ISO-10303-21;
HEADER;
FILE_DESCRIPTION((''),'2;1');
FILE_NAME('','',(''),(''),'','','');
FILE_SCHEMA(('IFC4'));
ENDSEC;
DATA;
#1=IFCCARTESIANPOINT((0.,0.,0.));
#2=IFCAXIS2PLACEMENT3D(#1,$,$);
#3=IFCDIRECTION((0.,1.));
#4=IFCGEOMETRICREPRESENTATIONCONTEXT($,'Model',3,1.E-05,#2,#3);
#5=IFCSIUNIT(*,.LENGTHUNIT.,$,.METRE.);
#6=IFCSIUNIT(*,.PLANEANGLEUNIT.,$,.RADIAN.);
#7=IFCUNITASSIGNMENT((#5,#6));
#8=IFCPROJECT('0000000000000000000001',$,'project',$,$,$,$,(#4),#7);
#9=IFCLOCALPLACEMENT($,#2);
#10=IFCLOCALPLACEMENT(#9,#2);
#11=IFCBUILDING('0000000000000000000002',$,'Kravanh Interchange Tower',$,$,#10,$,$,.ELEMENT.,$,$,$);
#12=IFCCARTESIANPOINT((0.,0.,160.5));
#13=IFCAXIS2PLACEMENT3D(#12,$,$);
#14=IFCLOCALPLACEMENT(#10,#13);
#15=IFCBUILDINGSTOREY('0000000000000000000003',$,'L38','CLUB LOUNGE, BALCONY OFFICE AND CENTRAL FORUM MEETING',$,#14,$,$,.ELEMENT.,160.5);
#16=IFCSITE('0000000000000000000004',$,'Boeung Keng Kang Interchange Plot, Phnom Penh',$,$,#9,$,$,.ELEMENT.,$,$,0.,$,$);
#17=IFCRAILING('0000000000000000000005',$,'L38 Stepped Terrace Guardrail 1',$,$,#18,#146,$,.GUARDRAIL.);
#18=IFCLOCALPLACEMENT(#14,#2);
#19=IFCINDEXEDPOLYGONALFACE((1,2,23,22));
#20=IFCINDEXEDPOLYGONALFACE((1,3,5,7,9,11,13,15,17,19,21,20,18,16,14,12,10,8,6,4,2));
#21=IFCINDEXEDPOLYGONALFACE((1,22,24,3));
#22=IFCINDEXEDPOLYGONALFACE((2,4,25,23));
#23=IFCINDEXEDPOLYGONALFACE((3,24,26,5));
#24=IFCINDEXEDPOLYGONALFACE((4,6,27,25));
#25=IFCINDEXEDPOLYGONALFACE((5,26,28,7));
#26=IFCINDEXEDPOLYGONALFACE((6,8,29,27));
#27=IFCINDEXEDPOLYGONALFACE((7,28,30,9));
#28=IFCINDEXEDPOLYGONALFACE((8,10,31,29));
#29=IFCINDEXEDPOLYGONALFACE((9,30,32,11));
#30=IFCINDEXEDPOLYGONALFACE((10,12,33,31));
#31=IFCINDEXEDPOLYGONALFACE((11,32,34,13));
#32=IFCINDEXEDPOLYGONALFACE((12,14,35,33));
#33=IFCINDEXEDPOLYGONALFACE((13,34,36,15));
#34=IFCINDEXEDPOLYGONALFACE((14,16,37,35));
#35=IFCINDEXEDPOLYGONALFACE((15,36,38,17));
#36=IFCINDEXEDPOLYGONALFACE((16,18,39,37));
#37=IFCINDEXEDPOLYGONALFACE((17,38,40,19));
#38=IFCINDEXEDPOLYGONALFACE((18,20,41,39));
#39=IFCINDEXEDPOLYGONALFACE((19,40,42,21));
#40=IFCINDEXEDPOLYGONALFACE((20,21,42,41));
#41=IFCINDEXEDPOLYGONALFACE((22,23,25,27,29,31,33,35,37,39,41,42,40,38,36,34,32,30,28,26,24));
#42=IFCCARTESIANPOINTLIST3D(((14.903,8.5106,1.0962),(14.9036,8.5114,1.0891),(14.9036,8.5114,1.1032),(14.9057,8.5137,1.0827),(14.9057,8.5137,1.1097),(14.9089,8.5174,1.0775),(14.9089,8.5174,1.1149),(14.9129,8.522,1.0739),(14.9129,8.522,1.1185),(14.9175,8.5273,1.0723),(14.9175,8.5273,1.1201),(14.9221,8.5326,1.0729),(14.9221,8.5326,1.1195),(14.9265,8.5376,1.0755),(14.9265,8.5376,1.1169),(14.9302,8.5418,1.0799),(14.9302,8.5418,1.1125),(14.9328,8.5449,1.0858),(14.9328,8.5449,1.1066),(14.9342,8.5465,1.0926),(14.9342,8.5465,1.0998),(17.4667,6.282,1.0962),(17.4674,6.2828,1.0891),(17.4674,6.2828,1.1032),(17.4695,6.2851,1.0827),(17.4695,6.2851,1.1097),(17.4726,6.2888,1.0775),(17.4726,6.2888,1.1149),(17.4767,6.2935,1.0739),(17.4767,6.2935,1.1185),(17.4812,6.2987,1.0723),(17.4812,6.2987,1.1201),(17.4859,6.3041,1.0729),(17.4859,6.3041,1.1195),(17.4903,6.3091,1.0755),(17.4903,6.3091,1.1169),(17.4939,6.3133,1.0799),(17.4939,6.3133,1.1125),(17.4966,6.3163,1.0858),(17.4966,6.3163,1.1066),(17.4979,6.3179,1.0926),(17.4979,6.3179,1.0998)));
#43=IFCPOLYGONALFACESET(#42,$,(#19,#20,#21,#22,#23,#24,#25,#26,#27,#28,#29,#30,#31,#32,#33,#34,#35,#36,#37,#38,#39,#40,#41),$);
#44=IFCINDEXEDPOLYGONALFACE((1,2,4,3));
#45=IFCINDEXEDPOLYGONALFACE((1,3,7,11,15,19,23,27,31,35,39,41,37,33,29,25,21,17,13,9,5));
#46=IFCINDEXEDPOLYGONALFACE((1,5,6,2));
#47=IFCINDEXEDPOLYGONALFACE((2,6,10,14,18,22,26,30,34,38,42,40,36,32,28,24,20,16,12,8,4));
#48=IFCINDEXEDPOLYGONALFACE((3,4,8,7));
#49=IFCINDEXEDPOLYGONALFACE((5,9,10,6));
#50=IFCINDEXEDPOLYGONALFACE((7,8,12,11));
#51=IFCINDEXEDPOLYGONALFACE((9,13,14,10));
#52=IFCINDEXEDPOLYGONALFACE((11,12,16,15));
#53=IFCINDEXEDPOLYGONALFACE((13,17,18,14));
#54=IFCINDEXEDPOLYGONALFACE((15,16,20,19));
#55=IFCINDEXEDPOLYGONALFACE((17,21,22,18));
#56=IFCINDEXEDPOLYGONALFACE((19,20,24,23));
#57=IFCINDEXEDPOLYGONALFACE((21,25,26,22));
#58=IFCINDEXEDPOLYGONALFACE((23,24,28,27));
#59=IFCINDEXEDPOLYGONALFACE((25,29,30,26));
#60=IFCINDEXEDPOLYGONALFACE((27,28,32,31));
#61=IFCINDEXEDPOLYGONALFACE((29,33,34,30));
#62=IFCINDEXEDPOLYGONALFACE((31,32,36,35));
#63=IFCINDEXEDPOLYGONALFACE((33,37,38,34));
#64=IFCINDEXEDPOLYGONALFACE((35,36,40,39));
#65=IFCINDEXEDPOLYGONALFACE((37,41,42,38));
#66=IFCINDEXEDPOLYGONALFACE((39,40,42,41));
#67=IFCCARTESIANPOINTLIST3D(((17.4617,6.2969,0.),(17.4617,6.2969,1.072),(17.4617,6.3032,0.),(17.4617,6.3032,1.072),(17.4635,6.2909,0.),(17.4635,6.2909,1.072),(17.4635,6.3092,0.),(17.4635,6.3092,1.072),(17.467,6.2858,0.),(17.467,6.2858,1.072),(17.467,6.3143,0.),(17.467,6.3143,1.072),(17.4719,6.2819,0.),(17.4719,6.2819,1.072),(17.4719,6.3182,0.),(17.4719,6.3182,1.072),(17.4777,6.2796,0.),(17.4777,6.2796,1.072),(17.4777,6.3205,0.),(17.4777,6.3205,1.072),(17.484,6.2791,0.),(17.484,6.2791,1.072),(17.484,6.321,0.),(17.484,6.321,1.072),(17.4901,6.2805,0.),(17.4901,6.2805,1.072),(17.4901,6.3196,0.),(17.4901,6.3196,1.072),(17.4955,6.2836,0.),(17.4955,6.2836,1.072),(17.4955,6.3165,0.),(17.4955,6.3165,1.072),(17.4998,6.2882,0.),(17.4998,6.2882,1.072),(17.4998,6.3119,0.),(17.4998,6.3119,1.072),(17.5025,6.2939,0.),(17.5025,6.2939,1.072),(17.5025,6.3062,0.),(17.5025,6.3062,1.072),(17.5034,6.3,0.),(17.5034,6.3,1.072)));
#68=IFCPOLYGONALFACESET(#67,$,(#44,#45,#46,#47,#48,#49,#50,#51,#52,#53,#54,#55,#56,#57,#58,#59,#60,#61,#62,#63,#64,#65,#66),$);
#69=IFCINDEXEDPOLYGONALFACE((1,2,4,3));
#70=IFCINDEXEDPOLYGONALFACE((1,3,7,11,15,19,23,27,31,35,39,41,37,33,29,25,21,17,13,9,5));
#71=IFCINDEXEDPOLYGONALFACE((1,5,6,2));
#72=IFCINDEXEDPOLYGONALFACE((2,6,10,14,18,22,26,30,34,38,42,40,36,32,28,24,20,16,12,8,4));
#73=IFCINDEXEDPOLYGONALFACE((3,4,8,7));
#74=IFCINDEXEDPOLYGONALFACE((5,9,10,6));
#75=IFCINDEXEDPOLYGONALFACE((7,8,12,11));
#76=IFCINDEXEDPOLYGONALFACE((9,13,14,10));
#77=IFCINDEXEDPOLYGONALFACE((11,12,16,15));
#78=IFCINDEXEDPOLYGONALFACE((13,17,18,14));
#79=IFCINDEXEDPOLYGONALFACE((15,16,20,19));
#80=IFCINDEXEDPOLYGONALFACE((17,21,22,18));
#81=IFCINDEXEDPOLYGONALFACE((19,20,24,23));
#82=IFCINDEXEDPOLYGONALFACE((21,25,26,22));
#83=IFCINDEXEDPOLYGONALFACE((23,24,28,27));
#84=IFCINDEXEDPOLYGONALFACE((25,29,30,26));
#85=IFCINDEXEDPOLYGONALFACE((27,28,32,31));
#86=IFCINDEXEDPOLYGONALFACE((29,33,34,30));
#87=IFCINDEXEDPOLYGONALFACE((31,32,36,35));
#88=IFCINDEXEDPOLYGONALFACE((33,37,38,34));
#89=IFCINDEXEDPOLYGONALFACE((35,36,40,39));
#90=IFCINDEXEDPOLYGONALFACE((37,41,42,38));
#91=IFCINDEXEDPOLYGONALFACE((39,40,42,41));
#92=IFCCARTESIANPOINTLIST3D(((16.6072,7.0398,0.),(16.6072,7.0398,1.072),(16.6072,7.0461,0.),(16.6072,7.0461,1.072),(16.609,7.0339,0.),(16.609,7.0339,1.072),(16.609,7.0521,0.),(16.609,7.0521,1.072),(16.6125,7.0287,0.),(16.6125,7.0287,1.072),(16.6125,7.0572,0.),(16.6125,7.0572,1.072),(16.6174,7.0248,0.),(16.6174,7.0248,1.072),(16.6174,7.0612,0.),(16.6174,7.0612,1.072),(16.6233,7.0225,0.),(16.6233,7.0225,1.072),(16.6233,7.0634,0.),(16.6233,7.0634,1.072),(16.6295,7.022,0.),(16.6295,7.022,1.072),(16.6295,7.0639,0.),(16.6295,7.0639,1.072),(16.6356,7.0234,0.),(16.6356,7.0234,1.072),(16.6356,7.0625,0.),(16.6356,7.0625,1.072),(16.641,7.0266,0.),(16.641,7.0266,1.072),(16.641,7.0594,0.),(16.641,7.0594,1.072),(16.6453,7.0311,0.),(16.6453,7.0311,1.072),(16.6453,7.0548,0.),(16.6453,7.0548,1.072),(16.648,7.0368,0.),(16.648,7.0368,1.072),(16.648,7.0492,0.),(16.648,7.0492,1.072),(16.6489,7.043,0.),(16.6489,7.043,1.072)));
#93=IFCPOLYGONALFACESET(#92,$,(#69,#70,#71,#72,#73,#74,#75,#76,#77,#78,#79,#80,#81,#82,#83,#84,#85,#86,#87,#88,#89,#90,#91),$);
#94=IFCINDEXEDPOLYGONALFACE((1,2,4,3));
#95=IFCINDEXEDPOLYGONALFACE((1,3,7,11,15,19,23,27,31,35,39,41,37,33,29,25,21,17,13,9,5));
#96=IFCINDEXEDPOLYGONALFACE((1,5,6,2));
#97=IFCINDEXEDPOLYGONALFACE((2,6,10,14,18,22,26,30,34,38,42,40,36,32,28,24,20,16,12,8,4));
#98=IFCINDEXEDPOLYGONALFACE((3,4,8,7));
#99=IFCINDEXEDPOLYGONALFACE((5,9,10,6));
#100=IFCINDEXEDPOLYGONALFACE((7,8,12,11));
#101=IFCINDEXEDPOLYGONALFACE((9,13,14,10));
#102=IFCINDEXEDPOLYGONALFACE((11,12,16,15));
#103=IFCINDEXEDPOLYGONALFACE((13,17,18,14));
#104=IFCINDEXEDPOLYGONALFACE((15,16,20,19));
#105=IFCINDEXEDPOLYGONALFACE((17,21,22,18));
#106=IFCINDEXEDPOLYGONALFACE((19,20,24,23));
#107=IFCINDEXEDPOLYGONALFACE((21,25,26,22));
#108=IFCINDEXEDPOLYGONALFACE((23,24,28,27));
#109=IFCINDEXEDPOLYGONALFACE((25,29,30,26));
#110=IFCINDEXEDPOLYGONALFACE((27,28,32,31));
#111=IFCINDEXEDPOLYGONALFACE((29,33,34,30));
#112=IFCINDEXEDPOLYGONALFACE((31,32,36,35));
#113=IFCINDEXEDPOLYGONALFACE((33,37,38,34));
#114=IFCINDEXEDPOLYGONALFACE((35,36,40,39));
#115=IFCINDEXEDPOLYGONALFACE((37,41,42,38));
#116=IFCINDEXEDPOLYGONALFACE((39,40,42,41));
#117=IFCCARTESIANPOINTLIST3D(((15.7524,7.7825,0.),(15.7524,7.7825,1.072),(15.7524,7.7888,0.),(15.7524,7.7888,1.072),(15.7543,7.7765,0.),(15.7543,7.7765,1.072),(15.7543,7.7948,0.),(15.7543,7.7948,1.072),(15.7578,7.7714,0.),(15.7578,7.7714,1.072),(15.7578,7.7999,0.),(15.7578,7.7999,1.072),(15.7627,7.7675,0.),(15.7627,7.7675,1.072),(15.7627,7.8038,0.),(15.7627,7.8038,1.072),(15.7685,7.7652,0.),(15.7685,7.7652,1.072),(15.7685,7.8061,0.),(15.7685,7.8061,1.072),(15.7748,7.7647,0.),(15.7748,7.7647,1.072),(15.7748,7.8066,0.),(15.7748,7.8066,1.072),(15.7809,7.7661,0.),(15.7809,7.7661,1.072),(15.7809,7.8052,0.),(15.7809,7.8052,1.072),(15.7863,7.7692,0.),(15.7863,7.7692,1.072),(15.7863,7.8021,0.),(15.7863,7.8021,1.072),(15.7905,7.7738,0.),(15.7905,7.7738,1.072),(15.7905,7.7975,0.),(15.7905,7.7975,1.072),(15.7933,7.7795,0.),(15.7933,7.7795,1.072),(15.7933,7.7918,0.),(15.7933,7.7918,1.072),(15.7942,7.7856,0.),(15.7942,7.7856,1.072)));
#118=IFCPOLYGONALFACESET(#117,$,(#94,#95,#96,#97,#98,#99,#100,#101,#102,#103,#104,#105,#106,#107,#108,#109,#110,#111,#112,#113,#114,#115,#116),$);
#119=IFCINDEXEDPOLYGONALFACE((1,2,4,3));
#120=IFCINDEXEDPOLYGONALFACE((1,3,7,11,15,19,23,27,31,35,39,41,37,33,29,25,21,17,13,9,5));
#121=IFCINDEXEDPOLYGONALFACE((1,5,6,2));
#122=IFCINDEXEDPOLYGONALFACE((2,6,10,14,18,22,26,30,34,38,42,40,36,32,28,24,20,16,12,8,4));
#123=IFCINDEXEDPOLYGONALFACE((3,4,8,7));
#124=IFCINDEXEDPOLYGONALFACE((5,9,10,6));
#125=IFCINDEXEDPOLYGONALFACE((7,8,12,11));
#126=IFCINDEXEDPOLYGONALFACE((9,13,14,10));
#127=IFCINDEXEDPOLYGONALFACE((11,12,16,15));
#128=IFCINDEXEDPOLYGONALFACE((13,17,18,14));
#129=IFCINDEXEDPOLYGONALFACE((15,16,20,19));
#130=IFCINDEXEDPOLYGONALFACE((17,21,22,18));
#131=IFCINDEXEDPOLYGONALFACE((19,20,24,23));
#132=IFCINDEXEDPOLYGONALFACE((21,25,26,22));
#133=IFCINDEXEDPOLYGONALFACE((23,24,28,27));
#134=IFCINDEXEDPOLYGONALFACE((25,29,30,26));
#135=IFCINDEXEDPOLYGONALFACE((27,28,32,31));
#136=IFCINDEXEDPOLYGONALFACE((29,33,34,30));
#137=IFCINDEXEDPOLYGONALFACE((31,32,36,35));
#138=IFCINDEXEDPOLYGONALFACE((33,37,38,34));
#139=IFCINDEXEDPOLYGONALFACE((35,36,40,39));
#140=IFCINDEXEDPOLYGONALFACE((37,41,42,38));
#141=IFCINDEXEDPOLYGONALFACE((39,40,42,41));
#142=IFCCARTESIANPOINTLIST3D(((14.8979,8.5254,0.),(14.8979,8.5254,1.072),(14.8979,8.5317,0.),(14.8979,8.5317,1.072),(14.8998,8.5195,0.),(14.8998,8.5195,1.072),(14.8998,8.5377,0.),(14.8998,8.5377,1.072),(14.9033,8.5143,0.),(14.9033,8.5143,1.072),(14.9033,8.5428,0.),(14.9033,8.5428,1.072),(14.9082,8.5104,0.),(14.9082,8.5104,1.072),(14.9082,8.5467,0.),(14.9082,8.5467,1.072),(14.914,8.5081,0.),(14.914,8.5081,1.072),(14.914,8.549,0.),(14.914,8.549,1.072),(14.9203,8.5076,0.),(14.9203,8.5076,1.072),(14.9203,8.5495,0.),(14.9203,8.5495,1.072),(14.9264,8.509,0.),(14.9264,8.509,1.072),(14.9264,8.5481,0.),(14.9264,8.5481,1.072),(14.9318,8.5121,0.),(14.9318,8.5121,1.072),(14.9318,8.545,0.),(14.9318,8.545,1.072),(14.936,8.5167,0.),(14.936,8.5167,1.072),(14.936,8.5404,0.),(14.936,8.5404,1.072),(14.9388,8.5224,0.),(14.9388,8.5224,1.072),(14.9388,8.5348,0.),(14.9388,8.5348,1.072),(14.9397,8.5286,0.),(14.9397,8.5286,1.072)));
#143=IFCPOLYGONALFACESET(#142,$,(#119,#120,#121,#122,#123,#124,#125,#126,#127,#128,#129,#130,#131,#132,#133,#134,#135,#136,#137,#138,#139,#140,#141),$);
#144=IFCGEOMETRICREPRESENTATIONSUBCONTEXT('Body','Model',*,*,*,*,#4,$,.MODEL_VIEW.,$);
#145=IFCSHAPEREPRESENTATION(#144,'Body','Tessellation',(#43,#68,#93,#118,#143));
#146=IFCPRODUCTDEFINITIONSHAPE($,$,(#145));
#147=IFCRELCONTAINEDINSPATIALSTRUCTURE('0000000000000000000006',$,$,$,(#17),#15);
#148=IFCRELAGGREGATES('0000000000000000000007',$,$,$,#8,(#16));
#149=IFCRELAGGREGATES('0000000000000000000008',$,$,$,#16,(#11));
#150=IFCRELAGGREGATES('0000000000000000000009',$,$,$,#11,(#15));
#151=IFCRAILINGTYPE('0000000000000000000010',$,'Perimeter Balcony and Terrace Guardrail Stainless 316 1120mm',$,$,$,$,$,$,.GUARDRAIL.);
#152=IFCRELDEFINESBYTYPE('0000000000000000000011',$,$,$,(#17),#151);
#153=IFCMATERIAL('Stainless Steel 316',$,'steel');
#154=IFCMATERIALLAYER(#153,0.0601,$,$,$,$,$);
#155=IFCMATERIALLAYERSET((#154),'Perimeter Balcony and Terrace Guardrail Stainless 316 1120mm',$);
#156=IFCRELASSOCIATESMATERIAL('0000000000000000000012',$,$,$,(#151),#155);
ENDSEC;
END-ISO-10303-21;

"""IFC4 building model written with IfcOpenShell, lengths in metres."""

from ifc_helpers import new_model, si_unit, direction, frame, origin, origin_2d, place, context, subcontext, project, spatial, circle, extrude, material, layer, layer_set, type_object, element, save


model = new_model("IFC4")

# Units and contexts
model_context = context("Model", 3, precision=1e-05, world=origin(), true_north=direction((0.0, 1.0)))
body_context = subcontext(model_context, "Body", "Model", "MODEL_VIEW")
ifc_project = project(units=[si_unit("LENGTHUNIT", "METRE"), si_unit("PLANEANGLEUNIT", "RADIAN")], contexts=[model_context])

# Site, building, storey
site_placement = place(None, origin())
site = spatial("IfcSite", under=ifc_project, at=site_placement, Name="Boeung Keng Kang Interchange Plot, Phnom Penh", CompositionType="ELEMENT", RefElevation=0.0)
building_placement = place(site_placement, origin())
building = spatial("IfcBuilding", under=site, at=building_placement, Name="Kravanh Interchange Tower", CompositionType="ELEMENT")
storey_placement = place(building_placement, frame((0.0, 0.0, 160.5)))
storey = spatial("IfcBuildingStorey", under=building, at=storey_placement, Name="L38", Description="CLUB LOUNGE, BALCONY OFFICE AND CENTRAL FORUM MEETING", CompositionType="ELEMENT", Elevation=160.5)

# Railing
ifc_material_1 = material(Name="Stainless Steel 316", Category="steel")
ifc_layer_1 = layer(ifc_material_1, 0.0601)
ifc_layer_set_1 = layer_set([ifc_layer_1], Name="Perimeter Balcony and Terrace Guardrail Stainless 316 1120mm")
railing_type = type_object("IfcRailingType", Name="Perimeter Balcony and Terrace Guardrail Stainless 316 1120mm", PredefinedType="GUARDRAIL", material=ifc_layer_set_1)
railing_1_placement = place(storey_placement, frame((17.4824, 6.3, 0.0)))
element("IfcRailing", 1, at=railing_1_placement, inside=storey, type_object=railing_type, Name="L38 Stepped Terrace Guardrail 1", PredefinedType="GUARDRAIL", context=body_context, shape_type="SweptSolid", body=[
    extrude(circle(Radius=0.0239, at=origin_2d()), frame((0.0, 0.0, 1.0962), z_axis=(-0.754723, 0.656043, 0.0), x_axis=(-0.656043, -0.754723, 0.0)), (0.0, 0.0, 1.0), 3.397),
    extrude(circle(Radius=0.021, at=origin_2d()), origin(), (0.0, 0.0, 1.0), 1.072),
    extrude(circle(Radius=0.021, at=origin_2d()), frame((-0.8545, 0.7429, 0.0)), (0.0, 0.0, 1.0), 1.072),
    extrude(circle(Radius=0.021, at=origin_2d()), frame((-1.7092, 1.4856, 0.0)), (0.0, 0.0, 1.0), 1.072),
    extrude(circle(Radius=0.021, at=origin_2d()), frame((-2.5637, 2.2285, 0.0)), (0.0, 0.0, 1.0), 1.072),
])

save(model, "model.ifc")
